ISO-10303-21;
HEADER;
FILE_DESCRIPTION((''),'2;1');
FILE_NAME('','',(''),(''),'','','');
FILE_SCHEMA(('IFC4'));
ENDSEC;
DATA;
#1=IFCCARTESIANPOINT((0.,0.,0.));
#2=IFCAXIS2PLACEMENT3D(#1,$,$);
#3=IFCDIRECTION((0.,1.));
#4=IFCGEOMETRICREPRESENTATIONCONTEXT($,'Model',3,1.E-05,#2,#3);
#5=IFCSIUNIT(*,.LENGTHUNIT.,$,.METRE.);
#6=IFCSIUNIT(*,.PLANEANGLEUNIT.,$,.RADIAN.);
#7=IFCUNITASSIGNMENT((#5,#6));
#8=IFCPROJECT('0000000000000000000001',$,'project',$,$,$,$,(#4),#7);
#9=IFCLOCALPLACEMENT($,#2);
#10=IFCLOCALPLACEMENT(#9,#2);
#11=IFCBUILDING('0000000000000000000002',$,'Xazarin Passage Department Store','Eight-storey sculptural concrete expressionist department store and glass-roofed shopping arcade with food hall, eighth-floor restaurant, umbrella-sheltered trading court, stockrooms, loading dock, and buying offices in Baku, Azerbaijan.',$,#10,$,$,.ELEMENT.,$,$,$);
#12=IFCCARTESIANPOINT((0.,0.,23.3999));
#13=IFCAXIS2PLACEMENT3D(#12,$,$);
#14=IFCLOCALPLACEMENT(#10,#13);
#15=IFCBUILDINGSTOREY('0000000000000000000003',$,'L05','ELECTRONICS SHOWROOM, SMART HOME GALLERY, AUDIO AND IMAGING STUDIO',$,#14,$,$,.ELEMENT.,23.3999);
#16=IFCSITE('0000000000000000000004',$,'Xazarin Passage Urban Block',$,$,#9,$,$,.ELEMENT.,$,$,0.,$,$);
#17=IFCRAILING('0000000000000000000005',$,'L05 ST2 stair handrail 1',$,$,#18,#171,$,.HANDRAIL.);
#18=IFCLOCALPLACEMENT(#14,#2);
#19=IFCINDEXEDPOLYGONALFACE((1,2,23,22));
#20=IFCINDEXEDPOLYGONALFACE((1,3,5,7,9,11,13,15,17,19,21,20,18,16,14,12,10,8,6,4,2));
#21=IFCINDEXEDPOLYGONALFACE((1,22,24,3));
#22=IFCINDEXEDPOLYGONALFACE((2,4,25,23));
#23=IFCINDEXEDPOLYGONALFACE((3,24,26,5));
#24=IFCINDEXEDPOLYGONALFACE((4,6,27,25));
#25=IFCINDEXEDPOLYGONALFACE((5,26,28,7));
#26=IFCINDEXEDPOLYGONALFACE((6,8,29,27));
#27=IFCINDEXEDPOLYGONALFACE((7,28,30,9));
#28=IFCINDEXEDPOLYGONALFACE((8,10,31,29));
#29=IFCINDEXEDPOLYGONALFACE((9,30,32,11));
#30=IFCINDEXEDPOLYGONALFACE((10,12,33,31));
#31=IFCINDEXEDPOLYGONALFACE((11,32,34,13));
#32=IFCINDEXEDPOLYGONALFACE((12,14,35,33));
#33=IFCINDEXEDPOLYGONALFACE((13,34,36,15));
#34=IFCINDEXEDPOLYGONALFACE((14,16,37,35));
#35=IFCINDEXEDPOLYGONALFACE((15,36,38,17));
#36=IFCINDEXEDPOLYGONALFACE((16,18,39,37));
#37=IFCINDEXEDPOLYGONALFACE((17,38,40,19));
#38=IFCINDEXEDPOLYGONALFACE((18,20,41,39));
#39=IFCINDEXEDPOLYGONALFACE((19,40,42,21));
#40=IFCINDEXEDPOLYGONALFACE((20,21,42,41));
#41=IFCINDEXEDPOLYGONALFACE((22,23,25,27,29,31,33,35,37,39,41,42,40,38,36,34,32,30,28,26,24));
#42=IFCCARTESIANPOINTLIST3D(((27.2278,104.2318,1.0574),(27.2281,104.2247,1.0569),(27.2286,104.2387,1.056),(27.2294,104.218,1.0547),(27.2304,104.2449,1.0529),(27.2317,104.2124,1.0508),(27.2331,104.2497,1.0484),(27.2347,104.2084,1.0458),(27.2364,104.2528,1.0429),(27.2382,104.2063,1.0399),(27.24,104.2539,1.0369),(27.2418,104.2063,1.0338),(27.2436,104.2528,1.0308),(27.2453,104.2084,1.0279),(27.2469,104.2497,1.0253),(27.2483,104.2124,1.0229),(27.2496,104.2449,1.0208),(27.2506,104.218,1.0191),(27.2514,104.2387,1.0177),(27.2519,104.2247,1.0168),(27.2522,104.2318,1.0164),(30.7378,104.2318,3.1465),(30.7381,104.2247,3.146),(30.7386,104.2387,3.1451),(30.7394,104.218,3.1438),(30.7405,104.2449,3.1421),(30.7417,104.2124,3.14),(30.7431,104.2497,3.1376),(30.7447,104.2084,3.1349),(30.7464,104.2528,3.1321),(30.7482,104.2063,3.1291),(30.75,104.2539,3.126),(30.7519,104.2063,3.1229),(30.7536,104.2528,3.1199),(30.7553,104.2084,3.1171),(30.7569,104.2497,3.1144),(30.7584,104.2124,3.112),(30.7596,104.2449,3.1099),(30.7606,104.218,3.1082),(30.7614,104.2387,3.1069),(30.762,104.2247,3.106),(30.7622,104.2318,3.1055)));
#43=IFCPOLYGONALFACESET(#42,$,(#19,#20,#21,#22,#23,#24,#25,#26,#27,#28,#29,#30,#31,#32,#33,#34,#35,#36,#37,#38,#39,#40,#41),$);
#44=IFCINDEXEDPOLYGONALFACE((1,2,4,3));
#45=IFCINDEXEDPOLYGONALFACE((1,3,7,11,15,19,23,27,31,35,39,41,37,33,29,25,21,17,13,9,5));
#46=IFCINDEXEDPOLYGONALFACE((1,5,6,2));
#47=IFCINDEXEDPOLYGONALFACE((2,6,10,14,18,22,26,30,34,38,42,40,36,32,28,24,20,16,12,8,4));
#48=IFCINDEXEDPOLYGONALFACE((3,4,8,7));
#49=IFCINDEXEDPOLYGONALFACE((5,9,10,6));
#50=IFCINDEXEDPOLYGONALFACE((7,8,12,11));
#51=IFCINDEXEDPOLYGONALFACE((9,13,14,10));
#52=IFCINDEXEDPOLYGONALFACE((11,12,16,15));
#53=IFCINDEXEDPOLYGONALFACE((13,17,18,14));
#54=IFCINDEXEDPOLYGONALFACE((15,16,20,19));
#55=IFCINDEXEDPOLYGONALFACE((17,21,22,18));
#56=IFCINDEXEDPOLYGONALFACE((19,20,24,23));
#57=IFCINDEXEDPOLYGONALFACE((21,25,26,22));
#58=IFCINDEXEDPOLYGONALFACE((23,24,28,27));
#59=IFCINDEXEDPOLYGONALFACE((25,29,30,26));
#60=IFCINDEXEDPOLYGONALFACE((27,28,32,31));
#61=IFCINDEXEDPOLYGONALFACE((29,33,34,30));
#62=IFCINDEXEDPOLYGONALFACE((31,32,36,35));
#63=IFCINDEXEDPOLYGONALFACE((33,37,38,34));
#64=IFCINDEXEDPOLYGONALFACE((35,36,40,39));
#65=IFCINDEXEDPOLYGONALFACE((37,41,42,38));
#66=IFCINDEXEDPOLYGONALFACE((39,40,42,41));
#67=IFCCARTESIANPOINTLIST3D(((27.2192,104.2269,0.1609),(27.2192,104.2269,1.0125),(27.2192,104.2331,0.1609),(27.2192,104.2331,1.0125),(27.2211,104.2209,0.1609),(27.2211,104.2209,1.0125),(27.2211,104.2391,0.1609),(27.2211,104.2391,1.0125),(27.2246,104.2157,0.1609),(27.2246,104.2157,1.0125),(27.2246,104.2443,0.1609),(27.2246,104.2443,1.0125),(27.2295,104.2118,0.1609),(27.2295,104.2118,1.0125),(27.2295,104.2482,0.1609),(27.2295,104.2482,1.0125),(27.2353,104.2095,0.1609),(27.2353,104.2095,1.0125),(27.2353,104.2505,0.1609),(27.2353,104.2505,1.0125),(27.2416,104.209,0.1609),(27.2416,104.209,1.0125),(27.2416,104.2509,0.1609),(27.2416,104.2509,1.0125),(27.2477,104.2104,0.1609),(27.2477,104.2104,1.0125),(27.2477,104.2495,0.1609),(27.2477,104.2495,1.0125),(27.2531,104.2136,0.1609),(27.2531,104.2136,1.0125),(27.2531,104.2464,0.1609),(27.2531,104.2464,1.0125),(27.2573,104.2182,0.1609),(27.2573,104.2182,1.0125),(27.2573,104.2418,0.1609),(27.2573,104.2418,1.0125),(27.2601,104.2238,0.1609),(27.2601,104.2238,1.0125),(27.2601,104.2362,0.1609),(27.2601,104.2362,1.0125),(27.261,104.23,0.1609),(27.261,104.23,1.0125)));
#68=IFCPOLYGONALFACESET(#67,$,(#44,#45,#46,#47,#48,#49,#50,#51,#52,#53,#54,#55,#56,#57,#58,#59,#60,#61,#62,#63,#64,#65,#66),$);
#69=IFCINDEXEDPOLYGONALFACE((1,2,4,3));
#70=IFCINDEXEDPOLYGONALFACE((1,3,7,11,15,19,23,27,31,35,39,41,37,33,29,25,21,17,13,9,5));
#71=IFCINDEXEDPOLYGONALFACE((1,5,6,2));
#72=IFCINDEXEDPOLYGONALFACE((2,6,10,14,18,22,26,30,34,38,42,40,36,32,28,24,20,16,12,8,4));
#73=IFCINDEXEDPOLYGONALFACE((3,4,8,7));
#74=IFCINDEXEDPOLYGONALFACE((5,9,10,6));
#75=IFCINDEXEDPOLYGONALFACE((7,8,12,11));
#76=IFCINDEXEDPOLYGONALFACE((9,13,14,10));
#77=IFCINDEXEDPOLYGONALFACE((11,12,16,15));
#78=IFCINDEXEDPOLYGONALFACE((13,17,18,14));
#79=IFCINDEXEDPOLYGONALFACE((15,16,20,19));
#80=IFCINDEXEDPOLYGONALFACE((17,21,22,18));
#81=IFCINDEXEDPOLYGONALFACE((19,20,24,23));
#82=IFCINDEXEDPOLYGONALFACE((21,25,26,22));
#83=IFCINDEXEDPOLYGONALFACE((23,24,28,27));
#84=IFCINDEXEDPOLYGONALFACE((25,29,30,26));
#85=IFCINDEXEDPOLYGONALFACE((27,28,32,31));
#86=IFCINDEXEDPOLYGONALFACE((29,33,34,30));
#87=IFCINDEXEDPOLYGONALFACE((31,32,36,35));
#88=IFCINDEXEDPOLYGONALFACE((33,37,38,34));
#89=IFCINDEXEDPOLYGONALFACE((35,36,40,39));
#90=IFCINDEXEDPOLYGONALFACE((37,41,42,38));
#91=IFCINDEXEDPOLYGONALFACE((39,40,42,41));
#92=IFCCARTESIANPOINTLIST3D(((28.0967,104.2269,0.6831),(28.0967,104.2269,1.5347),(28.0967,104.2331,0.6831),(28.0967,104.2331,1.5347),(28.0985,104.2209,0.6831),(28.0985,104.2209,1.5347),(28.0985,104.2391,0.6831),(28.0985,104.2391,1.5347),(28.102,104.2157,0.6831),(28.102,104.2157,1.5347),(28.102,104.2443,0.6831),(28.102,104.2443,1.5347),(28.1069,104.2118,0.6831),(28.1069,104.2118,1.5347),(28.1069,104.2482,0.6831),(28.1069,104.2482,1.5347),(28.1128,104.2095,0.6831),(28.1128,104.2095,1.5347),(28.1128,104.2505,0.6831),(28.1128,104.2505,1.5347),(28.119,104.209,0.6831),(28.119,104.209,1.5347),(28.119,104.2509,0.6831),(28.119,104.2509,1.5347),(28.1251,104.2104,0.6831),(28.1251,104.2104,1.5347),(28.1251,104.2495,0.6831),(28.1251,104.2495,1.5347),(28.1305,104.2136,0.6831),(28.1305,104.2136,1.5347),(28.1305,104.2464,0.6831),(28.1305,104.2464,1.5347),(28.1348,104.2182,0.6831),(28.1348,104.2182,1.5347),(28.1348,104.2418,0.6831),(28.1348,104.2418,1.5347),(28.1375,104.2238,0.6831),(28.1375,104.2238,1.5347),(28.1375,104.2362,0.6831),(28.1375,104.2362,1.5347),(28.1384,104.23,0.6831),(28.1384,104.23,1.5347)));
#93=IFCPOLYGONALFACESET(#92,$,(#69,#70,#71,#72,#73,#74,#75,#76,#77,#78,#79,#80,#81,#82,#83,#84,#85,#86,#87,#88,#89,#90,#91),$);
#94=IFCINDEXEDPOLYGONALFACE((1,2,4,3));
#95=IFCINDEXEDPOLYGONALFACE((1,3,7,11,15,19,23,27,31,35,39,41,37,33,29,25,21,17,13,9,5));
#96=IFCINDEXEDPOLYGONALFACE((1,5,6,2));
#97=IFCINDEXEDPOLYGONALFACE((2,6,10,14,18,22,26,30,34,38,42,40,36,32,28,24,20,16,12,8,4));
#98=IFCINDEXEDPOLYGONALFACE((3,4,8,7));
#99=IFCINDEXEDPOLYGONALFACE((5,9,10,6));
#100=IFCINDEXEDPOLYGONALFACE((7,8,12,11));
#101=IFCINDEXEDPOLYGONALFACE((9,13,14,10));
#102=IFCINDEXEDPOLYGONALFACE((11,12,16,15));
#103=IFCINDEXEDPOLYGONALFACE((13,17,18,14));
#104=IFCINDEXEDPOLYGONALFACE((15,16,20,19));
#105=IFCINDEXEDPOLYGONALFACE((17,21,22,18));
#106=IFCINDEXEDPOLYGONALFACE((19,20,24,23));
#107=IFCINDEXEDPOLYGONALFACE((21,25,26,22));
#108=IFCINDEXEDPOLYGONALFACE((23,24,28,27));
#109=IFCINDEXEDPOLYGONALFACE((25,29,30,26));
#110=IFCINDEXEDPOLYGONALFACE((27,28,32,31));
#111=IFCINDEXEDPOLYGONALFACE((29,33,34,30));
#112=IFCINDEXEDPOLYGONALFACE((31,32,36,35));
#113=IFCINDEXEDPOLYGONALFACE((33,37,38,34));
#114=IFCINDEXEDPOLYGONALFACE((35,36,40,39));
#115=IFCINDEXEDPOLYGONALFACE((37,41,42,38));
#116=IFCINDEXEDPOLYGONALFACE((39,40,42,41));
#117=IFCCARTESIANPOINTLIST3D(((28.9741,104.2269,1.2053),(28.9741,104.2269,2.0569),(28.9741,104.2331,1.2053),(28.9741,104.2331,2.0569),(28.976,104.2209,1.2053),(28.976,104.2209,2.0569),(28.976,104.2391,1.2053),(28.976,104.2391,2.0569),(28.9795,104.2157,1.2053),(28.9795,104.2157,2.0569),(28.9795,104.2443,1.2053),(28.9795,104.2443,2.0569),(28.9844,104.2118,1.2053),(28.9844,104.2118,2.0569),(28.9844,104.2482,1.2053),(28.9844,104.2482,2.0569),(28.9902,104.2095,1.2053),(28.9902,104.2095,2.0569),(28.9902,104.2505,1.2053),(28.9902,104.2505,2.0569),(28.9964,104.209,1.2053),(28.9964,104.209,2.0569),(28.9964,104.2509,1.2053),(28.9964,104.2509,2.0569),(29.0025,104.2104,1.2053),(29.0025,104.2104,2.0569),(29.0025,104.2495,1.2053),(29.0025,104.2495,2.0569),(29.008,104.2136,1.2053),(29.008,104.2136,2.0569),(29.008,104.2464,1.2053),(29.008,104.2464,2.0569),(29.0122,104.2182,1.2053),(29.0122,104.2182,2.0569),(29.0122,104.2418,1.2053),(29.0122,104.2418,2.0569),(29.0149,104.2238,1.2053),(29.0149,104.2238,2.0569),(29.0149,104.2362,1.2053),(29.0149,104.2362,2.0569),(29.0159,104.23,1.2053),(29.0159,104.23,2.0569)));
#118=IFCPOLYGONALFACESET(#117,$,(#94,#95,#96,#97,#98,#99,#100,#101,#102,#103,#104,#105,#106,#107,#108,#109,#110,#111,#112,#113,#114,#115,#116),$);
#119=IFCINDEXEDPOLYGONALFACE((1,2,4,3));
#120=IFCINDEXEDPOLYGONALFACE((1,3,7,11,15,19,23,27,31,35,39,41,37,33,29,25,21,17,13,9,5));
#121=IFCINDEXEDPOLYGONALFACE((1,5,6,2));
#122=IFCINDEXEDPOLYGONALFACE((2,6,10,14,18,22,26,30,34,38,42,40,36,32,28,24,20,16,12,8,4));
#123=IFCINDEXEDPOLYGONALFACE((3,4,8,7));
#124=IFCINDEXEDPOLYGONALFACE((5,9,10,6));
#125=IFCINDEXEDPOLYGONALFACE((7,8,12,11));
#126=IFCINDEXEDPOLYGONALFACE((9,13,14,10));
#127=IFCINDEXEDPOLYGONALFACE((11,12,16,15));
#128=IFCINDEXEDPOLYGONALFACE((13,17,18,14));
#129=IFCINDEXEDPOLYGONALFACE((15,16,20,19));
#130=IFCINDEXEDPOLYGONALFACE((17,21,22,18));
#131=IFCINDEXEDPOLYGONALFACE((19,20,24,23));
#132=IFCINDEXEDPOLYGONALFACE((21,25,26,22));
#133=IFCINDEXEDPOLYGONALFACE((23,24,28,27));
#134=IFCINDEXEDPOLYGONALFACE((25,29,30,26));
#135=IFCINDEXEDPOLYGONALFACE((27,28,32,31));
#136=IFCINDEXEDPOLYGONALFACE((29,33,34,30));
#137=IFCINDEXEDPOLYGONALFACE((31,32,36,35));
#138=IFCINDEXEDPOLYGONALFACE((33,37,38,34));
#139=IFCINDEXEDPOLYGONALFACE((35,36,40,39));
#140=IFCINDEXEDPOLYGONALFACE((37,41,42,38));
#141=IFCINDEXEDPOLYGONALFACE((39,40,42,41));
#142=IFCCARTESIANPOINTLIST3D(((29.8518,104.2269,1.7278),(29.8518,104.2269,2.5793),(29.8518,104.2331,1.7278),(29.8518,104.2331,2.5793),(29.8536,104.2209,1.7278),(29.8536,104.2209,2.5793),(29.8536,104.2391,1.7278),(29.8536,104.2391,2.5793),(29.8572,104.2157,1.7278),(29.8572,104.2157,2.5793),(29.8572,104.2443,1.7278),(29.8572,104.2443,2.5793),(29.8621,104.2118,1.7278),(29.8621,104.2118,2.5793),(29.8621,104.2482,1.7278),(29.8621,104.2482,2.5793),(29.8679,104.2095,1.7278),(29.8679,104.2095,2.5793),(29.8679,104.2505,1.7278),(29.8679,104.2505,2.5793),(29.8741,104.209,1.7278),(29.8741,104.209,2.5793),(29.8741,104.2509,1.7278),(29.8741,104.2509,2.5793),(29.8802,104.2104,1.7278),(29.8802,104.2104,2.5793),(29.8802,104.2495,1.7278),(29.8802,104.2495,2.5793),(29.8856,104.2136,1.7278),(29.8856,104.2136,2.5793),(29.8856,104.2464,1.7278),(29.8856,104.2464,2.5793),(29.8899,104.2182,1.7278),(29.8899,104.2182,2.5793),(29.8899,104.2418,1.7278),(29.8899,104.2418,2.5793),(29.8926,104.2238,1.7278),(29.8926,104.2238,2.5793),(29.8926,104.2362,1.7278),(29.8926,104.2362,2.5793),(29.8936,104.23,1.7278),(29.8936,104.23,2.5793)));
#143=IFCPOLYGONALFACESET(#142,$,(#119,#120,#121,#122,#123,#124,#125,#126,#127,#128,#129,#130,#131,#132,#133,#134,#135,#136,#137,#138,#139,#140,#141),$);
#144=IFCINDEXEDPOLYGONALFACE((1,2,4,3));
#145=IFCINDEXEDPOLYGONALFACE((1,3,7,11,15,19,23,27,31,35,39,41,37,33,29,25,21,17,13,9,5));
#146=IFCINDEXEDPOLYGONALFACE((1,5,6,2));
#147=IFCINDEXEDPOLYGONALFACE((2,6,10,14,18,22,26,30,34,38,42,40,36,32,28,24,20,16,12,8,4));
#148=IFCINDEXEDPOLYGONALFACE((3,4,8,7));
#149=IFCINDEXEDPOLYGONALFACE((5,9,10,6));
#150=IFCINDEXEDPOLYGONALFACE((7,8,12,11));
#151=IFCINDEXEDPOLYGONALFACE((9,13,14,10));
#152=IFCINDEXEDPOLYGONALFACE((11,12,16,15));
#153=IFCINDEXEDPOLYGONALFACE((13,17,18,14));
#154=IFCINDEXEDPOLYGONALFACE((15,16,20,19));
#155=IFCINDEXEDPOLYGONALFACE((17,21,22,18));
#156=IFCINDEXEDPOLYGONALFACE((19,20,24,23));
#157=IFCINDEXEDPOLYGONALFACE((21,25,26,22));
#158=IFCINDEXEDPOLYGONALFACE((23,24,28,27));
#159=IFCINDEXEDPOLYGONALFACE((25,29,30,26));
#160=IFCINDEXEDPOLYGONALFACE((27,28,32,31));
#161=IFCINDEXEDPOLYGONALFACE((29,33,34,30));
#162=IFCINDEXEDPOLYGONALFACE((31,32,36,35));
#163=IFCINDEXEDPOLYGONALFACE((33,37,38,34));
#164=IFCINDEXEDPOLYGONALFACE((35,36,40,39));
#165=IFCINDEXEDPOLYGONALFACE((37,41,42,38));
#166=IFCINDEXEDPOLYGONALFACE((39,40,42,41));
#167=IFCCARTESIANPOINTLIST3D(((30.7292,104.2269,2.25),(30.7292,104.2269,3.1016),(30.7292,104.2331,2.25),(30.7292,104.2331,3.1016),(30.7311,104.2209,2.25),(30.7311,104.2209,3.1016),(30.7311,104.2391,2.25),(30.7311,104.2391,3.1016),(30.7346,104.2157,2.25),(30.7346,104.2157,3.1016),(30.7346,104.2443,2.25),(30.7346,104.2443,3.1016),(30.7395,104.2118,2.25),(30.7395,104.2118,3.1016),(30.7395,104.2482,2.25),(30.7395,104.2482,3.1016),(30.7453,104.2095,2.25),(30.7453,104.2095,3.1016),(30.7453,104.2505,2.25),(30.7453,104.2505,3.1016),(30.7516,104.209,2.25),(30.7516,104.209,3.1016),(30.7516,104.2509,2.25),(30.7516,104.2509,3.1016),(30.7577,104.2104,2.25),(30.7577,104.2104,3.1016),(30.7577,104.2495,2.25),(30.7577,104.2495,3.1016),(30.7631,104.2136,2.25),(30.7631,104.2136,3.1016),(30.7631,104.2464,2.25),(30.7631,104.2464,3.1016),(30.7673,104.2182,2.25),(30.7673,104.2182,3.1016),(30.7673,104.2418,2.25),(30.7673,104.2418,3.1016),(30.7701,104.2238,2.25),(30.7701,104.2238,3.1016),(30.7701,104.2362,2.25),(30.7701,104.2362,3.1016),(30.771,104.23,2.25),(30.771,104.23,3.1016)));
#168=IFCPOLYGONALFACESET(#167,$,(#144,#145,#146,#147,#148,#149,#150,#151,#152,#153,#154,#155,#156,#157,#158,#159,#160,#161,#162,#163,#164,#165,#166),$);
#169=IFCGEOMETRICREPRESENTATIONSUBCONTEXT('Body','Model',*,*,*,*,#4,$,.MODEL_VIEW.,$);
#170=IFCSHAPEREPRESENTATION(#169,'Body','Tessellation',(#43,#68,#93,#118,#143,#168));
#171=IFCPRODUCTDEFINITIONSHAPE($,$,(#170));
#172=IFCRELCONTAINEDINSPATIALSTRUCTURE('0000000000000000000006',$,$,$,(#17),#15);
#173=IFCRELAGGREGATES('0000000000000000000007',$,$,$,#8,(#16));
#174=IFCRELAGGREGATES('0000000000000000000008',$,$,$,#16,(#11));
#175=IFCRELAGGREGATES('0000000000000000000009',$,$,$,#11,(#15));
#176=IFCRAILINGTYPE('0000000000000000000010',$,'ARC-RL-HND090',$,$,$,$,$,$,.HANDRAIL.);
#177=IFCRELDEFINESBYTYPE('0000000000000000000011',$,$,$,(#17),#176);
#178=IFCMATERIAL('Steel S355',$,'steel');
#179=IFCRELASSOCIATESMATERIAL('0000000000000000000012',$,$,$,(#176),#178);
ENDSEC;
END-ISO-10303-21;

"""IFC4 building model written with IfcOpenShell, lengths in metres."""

from ifc_helpers import new_model, si_unit, direction, frame, origin, origin_2d, place, context, subcontext, project, spatial, circle, extrude, material, type_object, element, save


model = new_model("IFC4")

# Units and contexts
model_context = context("Model", 3, precision=1e-05, world=origin(), true_north=direction((0.0, 1.0)))
body_context = subcontext(model_context, "Body", "Model", "MODEL_VIEW")
ifc_project = project(units=[si_unit("LENGTHUNIT", "METRE"), si_unit("PLANEANGLEUNIT", "RADIAN")], contexts=[model_context])

# Site, building, storey
site_placement = place(None, origin())
site = spatial("IfcSite", under=ifc_project, at=site_placement, Name="Xazarin Passage Urban Block", CompositionType="ELEMENT", RefElevation=0.0)
building_placement = place(site_placement, origin())
building = spatial("IfcBuilding", under=site, at=building_placement, Name="Xazarin Passage Department Store", Description="Eight-storey sculptural concrete expressionist department store and glass-roofed shopping arcade with food hall, eighth-floor restaurant, umbrella-sheltered trading court, stockrooms, loading dock, and buying offices in Baku, Azerbaijan.", CompositionType="ELEMENT")
storey_placement = place(building_placement, frame((0.0, 0.0, 23.3999)))
storey = spatial("IfcBuildingStorey", under=building, at=storey_placement, Name="L05", Description="ELECTRONICS SHOWROOM, SMART HOME GALLERY, AUDIO AND IMAGING STUDIO", CompositionType="ELEMENT", Elevation=23.3999)

# Railing
ifc_material_1 = material(Name="Steel S355", Category="steel")
railing_type_1 = type_object("IfcRailingType", Name="ARC-RL-HND090", PredefinedType="HANDRAIL", material=ifc_material_1)
railing_1_placement = place(storey_placement, frame((27.24, 104.23, 0.1609)))
element("IfcRailing", 1, at=railing_1_placement, inside=storey, type_object=railing_type_1, Name="L05 ST2 stair handrail 1", PredefinedType="HANDRAIL", context=body_context, shape_type="SweptSolid", body=[
    extrude(circle(Radius=0.0239, at=origin_2d()), frame((0.0, 0.0, 0.876), z_axis=(0.859312, 0.0, 0.511451), x_axis=(0.0, 1.0, 0.0)), (0.0, 0.0, 1.0), 4.0847),
    extrude(circle(Radius=0.021, at=origin_2d()), origin(), (0.0, 0.0, 1.0), 0.8516),
    extrude(circle(Radius=0.021, at=origin_2d()), frame((0.8774, 0.0, 0.5222)), (0.0, 0.0, 1.0), 0.8516),
    extrude(circle(Radius=0.021, at=origin_2d()), frame((1.7549, 0.0, 1.0444)), (0.0, 0.0, 1.0), 0.8516),
    extrude(circle(Radius=0.021, at=origin_2d()), frame((2.6326, 0.0, 1.5669)), (0.0, 0.0, 1.0), 0.8516),
    extrude(circle(Radius=0.021, at=origin_2d()), frame((3.51, 0.0, 2.0891)), (0.0, 0.0, 1.0), 0.8516),
])

save(model, "model.ifc")
